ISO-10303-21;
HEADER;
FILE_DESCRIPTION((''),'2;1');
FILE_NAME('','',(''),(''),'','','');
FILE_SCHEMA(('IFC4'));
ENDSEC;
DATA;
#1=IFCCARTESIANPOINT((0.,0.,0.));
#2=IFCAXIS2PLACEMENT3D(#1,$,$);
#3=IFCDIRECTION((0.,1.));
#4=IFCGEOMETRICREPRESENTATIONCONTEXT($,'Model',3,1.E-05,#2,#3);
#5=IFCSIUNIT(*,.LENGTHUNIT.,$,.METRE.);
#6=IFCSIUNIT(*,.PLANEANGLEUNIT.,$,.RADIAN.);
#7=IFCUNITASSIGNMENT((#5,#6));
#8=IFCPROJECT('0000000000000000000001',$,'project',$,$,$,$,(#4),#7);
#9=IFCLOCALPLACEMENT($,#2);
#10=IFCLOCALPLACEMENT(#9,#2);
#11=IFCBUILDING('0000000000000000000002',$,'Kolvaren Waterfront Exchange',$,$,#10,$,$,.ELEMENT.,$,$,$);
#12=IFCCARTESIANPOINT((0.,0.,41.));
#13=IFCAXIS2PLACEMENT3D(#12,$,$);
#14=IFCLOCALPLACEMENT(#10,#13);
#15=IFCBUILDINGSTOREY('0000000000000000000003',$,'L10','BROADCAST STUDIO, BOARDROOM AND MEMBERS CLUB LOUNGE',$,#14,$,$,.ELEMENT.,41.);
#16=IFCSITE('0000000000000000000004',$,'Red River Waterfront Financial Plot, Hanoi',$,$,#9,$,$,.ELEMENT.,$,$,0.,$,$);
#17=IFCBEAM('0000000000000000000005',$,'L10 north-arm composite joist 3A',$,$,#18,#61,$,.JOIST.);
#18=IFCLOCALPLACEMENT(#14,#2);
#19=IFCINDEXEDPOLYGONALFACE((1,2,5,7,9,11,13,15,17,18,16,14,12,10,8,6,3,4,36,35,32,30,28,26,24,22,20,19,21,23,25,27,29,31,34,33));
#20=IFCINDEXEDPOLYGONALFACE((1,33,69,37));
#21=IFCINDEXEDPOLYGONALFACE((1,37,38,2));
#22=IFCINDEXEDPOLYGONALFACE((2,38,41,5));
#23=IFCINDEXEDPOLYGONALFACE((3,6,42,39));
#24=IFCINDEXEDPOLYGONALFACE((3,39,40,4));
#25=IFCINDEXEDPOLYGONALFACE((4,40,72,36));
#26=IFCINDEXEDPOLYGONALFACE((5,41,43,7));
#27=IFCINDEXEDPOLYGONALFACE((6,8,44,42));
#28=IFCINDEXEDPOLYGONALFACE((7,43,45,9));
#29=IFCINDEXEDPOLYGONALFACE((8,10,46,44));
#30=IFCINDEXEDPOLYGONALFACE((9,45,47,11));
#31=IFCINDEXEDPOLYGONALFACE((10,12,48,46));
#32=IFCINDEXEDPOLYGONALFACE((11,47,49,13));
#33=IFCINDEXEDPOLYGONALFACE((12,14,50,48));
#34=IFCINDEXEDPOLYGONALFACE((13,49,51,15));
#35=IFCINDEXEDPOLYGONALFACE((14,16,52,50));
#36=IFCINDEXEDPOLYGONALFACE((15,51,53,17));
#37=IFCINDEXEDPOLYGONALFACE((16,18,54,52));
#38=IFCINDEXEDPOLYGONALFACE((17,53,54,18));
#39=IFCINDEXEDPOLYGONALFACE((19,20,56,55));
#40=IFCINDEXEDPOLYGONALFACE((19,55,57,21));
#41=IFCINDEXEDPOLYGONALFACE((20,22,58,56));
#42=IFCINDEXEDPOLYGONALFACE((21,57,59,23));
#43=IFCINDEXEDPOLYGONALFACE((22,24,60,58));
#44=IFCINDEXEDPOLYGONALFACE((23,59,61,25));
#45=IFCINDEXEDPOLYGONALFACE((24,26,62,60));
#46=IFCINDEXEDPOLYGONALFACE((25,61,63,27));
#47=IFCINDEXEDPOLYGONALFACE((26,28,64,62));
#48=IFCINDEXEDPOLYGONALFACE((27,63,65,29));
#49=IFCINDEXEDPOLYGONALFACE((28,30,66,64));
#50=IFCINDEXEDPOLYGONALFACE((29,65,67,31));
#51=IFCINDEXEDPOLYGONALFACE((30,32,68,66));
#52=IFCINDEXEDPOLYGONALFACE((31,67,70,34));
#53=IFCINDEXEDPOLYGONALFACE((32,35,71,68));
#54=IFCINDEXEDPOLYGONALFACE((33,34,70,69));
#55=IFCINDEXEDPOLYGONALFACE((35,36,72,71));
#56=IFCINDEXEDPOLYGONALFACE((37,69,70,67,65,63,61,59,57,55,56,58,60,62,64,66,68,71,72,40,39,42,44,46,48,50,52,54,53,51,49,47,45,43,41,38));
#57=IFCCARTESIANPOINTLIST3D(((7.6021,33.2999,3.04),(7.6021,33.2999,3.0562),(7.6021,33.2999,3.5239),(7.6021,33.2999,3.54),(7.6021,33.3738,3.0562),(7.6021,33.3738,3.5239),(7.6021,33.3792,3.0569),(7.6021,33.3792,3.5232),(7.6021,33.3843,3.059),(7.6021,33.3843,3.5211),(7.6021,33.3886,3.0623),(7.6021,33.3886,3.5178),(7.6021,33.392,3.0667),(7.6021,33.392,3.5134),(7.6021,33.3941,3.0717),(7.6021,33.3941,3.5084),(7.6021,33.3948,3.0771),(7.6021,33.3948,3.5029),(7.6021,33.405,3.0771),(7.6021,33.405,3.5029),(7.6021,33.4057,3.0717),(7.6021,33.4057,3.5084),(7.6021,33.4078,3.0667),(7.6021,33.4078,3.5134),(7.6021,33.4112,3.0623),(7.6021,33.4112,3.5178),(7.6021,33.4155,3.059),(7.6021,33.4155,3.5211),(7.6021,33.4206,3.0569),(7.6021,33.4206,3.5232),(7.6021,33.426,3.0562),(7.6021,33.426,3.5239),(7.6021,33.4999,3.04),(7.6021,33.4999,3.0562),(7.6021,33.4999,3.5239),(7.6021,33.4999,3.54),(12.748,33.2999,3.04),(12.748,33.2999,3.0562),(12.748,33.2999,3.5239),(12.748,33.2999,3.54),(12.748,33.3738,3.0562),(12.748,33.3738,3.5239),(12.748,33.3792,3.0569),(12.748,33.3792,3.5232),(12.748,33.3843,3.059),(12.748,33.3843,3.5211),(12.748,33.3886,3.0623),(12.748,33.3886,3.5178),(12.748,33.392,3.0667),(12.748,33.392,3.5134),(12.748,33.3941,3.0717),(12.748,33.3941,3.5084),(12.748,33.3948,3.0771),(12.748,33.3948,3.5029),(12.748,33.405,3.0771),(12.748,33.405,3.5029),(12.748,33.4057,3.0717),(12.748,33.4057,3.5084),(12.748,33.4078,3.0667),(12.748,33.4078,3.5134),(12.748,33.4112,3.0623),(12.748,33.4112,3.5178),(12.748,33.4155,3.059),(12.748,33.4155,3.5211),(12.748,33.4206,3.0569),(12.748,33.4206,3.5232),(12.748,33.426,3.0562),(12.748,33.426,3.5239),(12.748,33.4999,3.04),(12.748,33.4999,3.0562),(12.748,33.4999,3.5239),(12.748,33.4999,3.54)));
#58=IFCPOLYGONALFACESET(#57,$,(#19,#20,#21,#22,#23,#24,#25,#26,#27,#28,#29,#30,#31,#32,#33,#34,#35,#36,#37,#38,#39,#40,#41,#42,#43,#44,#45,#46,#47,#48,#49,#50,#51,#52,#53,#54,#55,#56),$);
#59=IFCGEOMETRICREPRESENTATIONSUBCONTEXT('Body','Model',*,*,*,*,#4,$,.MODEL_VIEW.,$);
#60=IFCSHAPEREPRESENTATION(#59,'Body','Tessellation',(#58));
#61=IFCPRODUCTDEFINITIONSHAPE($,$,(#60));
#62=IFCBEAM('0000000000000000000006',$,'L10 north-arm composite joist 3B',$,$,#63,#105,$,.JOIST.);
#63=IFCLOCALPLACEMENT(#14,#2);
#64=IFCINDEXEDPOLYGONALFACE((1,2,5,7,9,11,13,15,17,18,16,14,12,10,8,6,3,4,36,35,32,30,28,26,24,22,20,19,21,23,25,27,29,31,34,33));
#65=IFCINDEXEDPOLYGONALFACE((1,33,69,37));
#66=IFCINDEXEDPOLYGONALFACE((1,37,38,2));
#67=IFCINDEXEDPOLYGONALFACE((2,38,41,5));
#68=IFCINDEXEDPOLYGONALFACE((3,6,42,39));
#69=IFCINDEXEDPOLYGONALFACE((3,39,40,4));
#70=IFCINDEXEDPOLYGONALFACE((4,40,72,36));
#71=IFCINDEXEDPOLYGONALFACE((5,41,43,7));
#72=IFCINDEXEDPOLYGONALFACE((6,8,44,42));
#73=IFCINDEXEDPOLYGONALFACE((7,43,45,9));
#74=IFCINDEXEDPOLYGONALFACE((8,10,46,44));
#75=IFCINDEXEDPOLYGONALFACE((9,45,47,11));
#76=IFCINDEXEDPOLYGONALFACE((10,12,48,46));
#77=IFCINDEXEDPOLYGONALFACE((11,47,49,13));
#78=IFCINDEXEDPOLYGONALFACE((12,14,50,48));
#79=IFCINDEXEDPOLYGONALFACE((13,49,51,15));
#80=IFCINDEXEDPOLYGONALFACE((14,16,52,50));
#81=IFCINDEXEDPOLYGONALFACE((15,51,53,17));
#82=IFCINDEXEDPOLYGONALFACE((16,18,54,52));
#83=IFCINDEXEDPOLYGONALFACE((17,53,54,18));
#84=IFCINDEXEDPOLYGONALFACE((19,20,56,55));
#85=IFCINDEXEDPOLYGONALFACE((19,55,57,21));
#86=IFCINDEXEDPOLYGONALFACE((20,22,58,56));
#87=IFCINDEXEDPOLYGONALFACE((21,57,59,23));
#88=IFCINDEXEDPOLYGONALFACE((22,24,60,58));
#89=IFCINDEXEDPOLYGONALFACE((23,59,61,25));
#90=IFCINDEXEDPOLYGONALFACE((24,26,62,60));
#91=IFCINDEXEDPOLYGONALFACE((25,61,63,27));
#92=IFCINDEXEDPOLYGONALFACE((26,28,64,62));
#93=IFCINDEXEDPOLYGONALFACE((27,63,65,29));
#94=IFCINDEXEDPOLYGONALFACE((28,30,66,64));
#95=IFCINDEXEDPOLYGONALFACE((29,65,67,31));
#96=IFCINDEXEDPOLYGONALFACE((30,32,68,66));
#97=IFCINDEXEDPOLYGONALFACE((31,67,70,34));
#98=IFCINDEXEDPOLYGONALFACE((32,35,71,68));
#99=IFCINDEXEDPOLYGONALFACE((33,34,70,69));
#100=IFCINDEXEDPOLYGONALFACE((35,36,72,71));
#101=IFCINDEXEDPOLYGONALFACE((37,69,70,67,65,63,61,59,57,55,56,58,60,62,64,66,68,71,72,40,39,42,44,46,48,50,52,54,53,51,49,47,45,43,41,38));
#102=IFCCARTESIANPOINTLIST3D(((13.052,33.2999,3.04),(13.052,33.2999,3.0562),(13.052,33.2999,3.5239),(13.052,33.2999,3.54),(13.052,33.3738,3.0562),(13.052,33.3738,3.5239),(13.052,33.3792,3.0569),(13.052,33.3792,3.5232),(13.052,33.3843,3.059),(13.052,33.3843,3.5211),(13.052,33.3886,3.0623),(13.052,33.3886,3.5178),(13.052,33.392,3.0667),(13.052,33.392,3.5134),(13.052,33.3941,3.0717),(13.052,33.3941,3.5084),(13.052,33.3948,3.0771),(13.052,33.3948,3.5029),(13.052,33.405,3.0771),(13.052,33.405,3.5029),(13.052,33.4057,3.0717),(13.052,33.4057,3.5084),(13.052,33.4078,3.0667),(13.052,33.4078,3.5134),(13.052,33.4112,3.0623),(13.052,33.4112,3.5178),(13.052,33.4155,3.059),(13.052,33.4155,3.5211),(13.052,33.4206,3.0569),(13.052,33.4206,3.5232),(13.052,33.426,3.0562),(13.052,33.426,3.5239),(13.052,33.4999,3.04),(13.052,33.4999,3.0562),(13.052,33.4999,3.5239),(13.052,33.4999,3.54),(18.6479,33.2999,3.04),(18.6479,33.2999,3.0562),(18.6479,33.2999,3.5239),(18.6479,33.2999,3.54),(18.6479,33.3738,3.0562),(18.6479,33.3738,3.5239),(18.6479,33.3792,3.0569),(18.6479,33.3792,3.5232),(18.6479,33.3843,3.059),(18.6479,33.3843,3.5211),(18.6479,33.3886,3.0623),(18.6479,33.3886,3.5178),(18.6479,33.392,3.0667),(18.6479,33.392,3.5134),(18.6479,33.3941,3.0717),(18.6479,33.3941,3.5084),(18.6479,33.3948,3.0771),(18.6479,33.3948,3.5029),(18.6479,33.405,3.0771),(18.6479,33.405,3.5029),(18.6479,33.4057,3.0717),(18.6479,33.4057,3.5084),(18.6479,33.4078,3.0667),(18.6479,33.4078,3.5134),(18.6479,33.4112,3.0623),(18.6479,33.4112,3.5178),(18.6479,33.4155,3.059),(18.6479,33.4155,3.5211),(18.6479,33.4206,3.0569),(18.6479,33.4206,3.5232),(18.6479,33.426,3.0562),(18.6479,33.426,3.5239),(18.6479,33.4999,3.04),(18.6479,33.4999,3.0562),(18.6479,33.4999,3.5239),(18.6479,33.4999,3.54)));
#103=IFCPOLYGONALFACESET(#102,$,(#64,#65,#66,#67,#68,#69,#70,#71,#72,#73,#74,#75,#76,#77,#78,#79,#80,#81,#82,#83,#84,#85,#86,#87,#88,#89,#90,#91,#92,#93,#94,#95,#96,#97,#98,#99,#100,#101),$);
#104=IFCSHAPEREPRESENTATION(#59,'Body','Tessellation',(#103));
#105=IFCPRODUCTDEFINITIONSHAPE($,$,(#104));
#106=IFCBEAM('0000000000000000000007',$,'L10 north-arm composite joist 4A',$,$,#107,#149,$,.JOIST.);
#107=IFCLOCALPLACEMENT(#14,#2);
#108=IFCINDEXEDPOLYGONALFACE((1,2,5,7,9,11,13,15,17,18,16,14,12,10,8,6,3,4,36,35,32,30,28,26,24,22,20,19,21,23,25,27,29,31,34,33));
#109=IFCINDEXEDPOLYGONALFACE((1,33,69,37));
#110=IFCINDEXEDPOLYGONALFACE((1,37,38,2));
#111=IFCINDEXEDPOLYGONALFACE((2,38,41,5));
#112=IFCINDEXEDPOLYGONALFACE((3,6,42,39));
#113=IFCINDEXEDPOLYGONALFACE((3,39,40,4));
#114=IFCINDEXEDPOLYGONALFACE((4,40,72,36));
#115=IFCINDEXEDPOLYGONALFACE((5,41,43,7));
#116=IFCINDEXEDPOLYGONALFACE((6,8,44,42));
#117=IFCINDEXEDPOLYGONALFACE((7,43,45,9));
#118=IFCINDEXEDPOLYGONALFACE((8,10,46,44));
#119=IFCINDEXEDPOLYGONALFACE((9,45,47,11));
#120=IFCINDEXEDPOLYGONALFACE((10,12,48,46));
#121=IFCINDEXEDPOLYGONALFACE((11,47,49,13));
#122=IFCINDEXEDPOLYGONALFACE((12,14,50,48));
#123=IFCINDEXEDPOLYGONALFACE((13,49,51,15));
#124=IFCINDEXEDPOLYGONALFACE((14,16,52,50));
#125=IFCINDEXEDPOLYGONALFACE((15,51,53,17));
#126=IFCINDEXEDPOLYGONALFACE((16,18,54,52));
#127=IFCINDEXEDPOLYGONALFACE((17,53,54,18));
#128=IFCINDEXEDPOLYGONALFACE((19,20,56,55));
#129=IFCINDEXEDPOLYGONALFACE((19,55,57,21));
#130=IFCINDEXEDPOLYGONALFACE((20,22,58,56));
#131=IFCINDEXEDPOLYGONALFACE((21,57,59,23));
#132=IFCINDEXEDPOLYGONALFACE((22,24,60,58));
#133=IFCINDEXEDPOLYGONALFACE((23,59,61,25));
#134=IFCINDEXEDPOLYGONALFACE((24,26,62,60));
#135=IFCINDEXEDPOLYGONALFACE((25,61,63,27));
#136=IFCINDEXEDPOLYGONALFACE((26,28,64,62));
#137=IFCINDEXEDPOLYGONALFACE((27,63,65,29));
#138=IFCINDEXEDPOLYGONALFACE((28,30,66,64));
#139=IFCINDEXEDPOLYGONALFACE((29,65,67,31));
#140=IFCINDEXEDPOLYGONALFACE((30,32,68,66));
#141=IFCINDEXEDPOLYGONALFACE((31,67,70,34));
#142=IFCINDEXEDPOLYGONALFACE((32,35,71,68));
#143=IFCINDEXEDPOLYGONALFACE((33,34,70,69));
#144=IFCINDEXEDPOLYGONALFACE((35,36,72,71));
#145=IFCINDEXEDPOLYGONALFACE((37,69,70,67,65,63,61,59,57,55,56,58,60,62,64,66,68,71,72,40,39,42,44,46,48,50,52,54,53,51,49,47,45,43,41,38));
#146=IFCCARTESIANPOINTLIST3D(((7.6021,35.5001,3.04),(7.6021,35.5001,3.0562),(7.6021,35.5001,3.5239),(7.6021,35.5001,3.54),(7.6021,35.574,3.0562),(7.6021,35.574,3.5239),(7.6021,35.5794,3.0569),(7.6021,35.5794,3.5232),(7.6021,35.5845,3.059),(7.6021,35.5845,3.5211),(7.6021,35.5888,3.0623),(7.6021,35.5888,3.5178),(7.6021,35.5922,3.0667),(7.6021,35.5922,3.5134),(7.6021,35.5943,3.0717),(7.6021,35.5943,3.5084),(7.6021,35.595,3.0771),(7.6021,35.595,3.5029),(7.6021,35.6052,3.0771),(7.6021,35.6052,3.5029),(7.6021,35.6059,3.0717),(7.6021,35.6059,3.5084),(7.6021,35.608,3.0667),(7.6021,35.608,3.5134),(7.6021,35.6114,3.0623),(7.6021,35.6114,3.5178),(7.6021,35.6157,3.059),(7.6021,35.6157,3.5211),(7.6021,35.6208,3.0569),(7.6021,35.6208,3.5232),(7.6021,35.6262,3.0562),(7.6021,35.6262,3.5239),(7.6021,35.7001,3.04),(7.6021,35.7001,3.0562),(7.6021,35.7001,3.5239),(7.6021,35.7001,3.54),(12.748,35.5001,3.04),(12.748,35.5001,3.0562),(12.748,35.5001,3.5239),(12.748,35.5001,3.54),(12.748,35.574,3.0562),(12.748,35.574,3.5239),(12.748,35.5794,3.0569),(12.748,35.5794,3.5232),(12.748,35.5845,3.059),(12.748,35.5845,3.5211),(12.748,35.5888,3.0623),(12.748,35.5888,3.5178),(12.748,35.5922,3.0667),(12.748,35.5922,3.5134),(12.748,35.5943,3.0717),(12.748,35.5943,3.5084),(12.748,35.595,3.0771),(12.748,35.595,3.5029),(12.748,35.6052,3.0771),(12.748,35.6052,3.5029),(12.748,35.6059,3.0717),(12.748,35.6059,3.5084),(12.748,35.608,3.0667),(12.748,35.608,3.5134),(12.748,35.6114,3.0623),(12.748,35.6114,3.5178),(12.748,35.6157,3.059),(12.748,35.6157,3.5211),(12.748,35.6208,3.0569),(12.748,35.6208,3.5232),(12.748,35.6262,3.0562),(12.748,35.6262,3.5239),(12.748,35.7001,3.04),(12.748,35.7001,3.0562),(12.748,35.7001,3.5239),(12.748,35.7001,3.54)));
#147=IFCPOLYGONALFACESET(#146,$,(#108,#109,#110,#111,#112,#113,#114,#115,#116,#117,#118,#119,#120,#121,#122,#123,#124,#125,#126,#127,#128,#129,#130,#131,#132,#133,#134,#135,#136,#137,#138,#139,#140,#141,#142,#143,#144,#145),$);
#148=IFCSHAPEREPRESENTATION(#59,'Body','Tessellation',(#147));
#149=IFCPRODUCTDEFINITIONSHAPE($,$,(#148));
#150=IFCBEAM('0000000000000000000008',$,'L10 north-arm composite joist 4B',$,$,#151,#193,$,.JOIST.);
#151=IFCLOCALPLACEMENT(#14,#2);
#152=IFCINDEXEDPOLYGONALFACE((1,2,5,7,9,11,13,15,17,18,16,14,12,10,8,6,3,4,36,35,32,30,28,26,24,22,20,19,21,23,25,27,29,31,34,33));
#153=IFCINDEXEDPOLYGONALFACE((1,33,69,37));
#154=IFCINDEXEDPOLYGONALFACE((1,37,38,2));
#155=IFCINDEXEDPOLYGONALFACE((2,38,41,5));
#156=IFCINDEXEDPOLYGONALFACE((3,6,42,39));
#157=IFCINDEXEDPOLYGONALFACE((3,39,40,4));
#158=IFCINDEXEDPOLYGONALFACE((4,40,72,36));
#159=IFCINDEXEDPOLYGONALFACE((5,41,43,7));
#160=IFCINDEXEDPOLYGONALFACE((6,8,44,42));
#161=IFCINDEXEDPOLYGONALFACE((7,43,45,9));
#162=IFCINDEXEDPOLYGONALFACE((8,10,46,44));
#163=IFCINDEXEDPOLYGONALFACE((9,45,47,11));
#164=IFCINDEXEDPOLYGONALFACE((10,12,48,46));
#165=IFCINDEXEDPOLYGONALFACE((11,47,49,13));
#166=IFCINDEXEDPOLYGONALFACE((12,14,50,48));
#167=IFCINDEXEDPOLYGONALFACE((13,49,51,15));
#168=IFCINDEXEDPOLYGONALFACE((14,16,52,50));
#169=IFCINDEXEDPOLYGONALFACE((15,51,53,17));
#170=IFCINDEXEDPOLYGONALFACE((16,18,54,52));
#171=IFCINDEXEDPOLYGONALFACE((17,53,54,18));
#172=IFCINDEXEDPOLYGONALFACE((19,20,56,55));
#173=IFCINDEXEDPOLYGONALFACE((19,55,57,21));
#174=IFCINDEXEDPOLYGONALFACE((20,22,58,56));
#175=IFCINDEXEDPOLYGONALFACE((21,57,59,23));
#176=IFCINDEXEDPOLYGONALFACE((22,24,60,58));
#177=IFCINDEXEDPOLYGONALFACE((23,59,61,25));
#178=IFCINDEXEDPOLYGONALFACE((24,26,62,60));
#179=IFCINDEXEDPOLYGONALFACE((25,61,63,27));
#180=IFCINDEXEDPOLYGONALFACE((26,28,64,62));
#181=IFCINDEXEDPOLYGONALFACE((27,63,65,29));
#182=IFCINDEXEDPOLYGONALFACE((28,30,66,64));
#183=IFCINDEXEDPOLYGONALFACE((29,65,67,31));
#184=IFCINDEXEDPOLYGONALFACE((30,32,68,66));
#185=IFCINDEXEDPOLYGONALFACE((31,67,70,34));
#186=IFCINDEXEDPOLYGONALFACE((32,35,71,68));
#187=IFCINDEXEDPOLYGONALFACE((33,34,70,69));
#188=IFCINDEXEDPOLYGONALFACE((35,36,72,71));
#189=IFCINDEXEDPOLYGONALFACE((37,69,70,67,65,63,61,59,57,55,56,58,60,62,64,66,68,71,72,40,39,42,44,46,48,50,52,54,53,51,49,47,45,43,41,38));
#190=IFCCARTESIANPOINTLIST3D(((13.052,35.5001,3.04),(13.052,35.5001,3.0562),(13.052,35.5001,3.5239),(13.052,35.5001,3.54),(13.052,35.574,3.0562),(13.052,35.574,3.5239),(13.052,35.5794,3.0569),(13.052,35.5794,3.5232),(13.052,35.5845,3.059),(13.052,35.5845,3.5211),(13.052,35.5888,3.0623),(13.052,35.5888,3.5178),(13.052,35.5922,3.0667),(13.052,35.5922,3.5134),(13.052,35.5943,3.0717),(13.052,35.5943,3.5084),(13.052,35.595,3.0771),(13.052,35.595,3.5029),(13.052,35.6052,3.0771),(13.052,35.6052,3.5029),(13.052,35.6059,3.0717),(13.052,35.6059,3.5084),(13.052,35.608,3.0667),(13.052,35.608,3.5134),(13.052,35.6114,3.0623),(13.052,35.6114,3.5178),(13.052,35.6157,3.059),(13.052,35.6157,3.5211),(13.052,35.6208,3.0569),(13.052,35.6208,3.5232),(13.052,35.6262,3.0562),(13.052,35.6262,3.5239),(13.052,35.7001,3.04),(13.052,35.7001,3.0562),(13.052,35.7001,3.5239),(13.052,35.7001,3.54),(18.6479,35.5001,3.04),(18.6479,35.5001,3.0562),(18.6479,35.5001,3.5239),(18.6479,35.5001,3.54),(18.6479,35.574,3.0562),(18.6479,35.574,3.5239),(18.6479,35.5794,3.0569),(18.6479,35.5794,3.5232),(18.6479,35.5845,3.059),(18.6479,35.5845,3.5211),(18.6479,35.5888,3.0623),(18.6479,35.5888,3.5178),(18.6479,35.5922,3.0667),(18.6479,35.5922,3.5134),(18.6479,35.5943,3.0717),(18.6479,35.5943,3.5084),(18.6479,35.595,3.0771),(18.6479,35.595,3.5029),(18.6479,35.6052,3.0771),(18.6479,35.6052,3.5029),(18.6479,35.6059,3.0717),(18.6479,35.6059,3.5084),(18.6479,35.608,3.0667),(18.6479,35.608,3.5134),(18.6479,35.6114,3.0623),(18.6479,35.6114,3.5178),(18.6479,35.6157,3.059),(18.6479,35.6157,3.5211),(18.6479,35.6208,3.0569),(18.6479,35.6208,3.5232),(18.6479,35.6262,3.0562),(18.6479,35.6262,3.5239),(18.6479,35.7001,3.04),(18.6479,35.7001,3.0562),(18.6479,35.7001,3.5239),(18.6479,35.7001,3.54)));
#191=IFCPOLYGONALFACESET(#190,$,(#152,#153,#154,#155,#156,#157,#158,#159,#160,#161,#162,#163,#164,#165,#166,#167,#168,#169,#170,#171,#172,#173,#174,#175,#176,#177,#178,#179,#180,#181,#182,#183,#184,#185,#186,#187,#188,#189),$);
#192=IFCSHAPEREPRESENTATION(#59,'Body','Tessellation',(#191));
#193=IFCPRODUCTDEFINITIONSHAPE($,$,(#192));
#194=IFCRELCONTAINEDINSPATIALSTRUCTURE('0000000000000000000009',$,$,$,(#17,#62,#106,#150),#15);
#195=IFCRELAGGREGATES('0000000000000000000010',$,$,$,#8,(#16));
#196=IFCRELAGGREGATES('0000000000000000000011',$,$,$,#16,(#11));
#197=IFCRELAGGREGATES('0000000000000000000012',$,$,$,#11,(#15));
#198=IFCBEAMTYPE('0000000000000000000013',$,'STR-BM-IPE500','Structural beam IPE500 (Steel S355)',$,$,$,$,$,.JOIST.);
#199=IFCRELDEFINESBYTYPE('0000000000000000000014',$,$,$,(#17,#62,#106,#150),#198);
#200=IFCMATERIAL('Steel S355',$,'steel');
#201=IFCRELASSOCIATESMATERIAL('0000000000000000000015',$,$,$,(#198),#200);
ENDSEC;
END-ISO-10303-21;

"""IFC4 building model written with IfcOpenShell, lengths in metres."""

from ifc_helpers import new_model, si_unit, direction, frame, origin, origin_2d, place, context, subcontext, project, spatial, i_section, extrude, material, material_profile, profile_set, type_object, element, save


model = new_model("IFC4")

# Units and contexts
model_context = context("Model", 3, precision=1e-05, world=origin(), true_north=direction((0.0, 1.0)))
body_context = subcontext(model_context, "Body", "Model", "MODEL_VIEW")
ifc_project = project(units=[si_unit("LENGTHUNIT", "METRE"), si_unit("PLANEANGLEUNIT", "RADIAN")], contexts=[model_context])

# Site, building, storey
site_placement = place(None, origin())
site = spatial("IfcSite", under=ifc_project, at=site_placement, Name="Red River Waterfront Financial Plot, Hanoi", CompositionType="ELEMENT", RefElevation=0.0)
building_placement = place(site_placement, origin())
building = spatial("IfcBuilding", under=site, at=building_placement, Name="Kolvaren Waterfront Exchange", CompositionType="ELEMENT")
storey_placement = place(building_placement, frame((0.0, 0.0, 41.0)))
storey = spatial("IfcBuildingStorey", under=building, at=storey_placement, Name="L10", Description="BROADCAST STUDIO, BOARDROOM AND MEMBERS CLUB LOUNGE", CompositionType="ELEMENT", Elevation=41.0)

# Beams
ifc_material_1 = material(Name="Steel S355", Category="steel")
ifc_material_profile_1 = material_profile(ifc_material_1, i_section(OverallWidth=0.2, OverallDepth=0.5, WebThickness=0.0103, FlangeThickness=0.0161, FilletRadius=0.021, at=origin_2d()), Name="IPE500")
ifc_profile_set_1 = profile_set([ifc_material_profile_1], Name="Steel S355")
beam_type_1 = type_object("IfcBeamType", Name="STR-BM-IPE500", Description="Structural beam IPE500 (Steel S355)", PredefinedType="JOIST", material=ifc_profile_set_1)
beam_1_placement = place(storey_placement, frame((7.6021, 33.3999, 3.29), z_axis=(1.0, 0.0, 0.0), x_axis=(0.0, 1.0, 0.0)))
element("IfcBeam", 1, at=beam_1_placement, inside=storey, type_object=beam_type_1, Name="L10 north-arm composite joist 3A", PredefinedType="JOIST", context=body_context, shape_type="SweptSolid", body=[
    extrude(i_section(OverallWidth=0.2, OverallDepth=0.5, WebThickness=0.0103, FlangeThickness=0.0161, FilletRadius=0.021, at=origin_2d()), origin(), (0.0, 0.0, 1.0), 5.146),
])
beam_2_placement = place(storey_placement, frame((13.052, 33.3999, 3.29), z_axis=(1.0, 0.0, 0.0), x_axis=(0.0, 1.0, 0.0)))
element("IfcBeam", 2, at=beam_2_placement, inside=storey, type_object=beam_type_1, Name="L10 north-arm composite joist 3B", PredefinedType="JOIST", context=body_context, shape_type="SweptSolid", body=[
    extrude(i_section(OverallWidth=0.2, OverallDepth=0.5, WebThickness=0.0103, FlangeThickness=0.0161, FilletRadius=0.021, at=origin_2d()), origin(), (0.0, 0.0, 1.0), 5.5959),
])
beam_3_placement = place(storey_placement, frame((7.6021, 35.6001, 3.29), z_axis=(1.0, 0.0, 0.0), x_axis=(0.0, 1.0, 0.0)))
element("IfcBeam", 3, at=beam_3_placement, inside=storey, type_object=beam_type_1, Name="L10 north-arm composite joist 4A", PredefinedType="JOIST", context=body_context, shape_type="SweptSolid", body=[
    extrude(i_section(OverallWidth=0.2, OverallDepth=0.5, WebThickness=0.0103, FlangeThickness=0.0161, FilletRadius=0.021, at=origin_2d()), origin(), (0.0, 0.0, 1.0), 5.146),
])
beam_4_placement = place(storey_placement, frame((13.052, 35.6001, 3.29), z_axis=(1.0, 0.0, 0.0), x_axis=(0.0, 1.0, 0.0)))
element("IfcBeam", 4, at=beam_4_placement, inside=storey, type_object=beam_type_1, Name="L10 north-arm composite joist 4B", PredefinedType="JOIST", context=body_context, shape_type="SweptSolid", body=[
    extrude(i_section(OverallWidth=0.2, OverallDepth=0.5, WebThickness=0.0103, FlangeThickness=0.0161, FilletRadius=0.021, at=origin_2d()), origin(), (0.0, 0.0, 1.0), 5.5959),
])

save(model, "model.ifc")
